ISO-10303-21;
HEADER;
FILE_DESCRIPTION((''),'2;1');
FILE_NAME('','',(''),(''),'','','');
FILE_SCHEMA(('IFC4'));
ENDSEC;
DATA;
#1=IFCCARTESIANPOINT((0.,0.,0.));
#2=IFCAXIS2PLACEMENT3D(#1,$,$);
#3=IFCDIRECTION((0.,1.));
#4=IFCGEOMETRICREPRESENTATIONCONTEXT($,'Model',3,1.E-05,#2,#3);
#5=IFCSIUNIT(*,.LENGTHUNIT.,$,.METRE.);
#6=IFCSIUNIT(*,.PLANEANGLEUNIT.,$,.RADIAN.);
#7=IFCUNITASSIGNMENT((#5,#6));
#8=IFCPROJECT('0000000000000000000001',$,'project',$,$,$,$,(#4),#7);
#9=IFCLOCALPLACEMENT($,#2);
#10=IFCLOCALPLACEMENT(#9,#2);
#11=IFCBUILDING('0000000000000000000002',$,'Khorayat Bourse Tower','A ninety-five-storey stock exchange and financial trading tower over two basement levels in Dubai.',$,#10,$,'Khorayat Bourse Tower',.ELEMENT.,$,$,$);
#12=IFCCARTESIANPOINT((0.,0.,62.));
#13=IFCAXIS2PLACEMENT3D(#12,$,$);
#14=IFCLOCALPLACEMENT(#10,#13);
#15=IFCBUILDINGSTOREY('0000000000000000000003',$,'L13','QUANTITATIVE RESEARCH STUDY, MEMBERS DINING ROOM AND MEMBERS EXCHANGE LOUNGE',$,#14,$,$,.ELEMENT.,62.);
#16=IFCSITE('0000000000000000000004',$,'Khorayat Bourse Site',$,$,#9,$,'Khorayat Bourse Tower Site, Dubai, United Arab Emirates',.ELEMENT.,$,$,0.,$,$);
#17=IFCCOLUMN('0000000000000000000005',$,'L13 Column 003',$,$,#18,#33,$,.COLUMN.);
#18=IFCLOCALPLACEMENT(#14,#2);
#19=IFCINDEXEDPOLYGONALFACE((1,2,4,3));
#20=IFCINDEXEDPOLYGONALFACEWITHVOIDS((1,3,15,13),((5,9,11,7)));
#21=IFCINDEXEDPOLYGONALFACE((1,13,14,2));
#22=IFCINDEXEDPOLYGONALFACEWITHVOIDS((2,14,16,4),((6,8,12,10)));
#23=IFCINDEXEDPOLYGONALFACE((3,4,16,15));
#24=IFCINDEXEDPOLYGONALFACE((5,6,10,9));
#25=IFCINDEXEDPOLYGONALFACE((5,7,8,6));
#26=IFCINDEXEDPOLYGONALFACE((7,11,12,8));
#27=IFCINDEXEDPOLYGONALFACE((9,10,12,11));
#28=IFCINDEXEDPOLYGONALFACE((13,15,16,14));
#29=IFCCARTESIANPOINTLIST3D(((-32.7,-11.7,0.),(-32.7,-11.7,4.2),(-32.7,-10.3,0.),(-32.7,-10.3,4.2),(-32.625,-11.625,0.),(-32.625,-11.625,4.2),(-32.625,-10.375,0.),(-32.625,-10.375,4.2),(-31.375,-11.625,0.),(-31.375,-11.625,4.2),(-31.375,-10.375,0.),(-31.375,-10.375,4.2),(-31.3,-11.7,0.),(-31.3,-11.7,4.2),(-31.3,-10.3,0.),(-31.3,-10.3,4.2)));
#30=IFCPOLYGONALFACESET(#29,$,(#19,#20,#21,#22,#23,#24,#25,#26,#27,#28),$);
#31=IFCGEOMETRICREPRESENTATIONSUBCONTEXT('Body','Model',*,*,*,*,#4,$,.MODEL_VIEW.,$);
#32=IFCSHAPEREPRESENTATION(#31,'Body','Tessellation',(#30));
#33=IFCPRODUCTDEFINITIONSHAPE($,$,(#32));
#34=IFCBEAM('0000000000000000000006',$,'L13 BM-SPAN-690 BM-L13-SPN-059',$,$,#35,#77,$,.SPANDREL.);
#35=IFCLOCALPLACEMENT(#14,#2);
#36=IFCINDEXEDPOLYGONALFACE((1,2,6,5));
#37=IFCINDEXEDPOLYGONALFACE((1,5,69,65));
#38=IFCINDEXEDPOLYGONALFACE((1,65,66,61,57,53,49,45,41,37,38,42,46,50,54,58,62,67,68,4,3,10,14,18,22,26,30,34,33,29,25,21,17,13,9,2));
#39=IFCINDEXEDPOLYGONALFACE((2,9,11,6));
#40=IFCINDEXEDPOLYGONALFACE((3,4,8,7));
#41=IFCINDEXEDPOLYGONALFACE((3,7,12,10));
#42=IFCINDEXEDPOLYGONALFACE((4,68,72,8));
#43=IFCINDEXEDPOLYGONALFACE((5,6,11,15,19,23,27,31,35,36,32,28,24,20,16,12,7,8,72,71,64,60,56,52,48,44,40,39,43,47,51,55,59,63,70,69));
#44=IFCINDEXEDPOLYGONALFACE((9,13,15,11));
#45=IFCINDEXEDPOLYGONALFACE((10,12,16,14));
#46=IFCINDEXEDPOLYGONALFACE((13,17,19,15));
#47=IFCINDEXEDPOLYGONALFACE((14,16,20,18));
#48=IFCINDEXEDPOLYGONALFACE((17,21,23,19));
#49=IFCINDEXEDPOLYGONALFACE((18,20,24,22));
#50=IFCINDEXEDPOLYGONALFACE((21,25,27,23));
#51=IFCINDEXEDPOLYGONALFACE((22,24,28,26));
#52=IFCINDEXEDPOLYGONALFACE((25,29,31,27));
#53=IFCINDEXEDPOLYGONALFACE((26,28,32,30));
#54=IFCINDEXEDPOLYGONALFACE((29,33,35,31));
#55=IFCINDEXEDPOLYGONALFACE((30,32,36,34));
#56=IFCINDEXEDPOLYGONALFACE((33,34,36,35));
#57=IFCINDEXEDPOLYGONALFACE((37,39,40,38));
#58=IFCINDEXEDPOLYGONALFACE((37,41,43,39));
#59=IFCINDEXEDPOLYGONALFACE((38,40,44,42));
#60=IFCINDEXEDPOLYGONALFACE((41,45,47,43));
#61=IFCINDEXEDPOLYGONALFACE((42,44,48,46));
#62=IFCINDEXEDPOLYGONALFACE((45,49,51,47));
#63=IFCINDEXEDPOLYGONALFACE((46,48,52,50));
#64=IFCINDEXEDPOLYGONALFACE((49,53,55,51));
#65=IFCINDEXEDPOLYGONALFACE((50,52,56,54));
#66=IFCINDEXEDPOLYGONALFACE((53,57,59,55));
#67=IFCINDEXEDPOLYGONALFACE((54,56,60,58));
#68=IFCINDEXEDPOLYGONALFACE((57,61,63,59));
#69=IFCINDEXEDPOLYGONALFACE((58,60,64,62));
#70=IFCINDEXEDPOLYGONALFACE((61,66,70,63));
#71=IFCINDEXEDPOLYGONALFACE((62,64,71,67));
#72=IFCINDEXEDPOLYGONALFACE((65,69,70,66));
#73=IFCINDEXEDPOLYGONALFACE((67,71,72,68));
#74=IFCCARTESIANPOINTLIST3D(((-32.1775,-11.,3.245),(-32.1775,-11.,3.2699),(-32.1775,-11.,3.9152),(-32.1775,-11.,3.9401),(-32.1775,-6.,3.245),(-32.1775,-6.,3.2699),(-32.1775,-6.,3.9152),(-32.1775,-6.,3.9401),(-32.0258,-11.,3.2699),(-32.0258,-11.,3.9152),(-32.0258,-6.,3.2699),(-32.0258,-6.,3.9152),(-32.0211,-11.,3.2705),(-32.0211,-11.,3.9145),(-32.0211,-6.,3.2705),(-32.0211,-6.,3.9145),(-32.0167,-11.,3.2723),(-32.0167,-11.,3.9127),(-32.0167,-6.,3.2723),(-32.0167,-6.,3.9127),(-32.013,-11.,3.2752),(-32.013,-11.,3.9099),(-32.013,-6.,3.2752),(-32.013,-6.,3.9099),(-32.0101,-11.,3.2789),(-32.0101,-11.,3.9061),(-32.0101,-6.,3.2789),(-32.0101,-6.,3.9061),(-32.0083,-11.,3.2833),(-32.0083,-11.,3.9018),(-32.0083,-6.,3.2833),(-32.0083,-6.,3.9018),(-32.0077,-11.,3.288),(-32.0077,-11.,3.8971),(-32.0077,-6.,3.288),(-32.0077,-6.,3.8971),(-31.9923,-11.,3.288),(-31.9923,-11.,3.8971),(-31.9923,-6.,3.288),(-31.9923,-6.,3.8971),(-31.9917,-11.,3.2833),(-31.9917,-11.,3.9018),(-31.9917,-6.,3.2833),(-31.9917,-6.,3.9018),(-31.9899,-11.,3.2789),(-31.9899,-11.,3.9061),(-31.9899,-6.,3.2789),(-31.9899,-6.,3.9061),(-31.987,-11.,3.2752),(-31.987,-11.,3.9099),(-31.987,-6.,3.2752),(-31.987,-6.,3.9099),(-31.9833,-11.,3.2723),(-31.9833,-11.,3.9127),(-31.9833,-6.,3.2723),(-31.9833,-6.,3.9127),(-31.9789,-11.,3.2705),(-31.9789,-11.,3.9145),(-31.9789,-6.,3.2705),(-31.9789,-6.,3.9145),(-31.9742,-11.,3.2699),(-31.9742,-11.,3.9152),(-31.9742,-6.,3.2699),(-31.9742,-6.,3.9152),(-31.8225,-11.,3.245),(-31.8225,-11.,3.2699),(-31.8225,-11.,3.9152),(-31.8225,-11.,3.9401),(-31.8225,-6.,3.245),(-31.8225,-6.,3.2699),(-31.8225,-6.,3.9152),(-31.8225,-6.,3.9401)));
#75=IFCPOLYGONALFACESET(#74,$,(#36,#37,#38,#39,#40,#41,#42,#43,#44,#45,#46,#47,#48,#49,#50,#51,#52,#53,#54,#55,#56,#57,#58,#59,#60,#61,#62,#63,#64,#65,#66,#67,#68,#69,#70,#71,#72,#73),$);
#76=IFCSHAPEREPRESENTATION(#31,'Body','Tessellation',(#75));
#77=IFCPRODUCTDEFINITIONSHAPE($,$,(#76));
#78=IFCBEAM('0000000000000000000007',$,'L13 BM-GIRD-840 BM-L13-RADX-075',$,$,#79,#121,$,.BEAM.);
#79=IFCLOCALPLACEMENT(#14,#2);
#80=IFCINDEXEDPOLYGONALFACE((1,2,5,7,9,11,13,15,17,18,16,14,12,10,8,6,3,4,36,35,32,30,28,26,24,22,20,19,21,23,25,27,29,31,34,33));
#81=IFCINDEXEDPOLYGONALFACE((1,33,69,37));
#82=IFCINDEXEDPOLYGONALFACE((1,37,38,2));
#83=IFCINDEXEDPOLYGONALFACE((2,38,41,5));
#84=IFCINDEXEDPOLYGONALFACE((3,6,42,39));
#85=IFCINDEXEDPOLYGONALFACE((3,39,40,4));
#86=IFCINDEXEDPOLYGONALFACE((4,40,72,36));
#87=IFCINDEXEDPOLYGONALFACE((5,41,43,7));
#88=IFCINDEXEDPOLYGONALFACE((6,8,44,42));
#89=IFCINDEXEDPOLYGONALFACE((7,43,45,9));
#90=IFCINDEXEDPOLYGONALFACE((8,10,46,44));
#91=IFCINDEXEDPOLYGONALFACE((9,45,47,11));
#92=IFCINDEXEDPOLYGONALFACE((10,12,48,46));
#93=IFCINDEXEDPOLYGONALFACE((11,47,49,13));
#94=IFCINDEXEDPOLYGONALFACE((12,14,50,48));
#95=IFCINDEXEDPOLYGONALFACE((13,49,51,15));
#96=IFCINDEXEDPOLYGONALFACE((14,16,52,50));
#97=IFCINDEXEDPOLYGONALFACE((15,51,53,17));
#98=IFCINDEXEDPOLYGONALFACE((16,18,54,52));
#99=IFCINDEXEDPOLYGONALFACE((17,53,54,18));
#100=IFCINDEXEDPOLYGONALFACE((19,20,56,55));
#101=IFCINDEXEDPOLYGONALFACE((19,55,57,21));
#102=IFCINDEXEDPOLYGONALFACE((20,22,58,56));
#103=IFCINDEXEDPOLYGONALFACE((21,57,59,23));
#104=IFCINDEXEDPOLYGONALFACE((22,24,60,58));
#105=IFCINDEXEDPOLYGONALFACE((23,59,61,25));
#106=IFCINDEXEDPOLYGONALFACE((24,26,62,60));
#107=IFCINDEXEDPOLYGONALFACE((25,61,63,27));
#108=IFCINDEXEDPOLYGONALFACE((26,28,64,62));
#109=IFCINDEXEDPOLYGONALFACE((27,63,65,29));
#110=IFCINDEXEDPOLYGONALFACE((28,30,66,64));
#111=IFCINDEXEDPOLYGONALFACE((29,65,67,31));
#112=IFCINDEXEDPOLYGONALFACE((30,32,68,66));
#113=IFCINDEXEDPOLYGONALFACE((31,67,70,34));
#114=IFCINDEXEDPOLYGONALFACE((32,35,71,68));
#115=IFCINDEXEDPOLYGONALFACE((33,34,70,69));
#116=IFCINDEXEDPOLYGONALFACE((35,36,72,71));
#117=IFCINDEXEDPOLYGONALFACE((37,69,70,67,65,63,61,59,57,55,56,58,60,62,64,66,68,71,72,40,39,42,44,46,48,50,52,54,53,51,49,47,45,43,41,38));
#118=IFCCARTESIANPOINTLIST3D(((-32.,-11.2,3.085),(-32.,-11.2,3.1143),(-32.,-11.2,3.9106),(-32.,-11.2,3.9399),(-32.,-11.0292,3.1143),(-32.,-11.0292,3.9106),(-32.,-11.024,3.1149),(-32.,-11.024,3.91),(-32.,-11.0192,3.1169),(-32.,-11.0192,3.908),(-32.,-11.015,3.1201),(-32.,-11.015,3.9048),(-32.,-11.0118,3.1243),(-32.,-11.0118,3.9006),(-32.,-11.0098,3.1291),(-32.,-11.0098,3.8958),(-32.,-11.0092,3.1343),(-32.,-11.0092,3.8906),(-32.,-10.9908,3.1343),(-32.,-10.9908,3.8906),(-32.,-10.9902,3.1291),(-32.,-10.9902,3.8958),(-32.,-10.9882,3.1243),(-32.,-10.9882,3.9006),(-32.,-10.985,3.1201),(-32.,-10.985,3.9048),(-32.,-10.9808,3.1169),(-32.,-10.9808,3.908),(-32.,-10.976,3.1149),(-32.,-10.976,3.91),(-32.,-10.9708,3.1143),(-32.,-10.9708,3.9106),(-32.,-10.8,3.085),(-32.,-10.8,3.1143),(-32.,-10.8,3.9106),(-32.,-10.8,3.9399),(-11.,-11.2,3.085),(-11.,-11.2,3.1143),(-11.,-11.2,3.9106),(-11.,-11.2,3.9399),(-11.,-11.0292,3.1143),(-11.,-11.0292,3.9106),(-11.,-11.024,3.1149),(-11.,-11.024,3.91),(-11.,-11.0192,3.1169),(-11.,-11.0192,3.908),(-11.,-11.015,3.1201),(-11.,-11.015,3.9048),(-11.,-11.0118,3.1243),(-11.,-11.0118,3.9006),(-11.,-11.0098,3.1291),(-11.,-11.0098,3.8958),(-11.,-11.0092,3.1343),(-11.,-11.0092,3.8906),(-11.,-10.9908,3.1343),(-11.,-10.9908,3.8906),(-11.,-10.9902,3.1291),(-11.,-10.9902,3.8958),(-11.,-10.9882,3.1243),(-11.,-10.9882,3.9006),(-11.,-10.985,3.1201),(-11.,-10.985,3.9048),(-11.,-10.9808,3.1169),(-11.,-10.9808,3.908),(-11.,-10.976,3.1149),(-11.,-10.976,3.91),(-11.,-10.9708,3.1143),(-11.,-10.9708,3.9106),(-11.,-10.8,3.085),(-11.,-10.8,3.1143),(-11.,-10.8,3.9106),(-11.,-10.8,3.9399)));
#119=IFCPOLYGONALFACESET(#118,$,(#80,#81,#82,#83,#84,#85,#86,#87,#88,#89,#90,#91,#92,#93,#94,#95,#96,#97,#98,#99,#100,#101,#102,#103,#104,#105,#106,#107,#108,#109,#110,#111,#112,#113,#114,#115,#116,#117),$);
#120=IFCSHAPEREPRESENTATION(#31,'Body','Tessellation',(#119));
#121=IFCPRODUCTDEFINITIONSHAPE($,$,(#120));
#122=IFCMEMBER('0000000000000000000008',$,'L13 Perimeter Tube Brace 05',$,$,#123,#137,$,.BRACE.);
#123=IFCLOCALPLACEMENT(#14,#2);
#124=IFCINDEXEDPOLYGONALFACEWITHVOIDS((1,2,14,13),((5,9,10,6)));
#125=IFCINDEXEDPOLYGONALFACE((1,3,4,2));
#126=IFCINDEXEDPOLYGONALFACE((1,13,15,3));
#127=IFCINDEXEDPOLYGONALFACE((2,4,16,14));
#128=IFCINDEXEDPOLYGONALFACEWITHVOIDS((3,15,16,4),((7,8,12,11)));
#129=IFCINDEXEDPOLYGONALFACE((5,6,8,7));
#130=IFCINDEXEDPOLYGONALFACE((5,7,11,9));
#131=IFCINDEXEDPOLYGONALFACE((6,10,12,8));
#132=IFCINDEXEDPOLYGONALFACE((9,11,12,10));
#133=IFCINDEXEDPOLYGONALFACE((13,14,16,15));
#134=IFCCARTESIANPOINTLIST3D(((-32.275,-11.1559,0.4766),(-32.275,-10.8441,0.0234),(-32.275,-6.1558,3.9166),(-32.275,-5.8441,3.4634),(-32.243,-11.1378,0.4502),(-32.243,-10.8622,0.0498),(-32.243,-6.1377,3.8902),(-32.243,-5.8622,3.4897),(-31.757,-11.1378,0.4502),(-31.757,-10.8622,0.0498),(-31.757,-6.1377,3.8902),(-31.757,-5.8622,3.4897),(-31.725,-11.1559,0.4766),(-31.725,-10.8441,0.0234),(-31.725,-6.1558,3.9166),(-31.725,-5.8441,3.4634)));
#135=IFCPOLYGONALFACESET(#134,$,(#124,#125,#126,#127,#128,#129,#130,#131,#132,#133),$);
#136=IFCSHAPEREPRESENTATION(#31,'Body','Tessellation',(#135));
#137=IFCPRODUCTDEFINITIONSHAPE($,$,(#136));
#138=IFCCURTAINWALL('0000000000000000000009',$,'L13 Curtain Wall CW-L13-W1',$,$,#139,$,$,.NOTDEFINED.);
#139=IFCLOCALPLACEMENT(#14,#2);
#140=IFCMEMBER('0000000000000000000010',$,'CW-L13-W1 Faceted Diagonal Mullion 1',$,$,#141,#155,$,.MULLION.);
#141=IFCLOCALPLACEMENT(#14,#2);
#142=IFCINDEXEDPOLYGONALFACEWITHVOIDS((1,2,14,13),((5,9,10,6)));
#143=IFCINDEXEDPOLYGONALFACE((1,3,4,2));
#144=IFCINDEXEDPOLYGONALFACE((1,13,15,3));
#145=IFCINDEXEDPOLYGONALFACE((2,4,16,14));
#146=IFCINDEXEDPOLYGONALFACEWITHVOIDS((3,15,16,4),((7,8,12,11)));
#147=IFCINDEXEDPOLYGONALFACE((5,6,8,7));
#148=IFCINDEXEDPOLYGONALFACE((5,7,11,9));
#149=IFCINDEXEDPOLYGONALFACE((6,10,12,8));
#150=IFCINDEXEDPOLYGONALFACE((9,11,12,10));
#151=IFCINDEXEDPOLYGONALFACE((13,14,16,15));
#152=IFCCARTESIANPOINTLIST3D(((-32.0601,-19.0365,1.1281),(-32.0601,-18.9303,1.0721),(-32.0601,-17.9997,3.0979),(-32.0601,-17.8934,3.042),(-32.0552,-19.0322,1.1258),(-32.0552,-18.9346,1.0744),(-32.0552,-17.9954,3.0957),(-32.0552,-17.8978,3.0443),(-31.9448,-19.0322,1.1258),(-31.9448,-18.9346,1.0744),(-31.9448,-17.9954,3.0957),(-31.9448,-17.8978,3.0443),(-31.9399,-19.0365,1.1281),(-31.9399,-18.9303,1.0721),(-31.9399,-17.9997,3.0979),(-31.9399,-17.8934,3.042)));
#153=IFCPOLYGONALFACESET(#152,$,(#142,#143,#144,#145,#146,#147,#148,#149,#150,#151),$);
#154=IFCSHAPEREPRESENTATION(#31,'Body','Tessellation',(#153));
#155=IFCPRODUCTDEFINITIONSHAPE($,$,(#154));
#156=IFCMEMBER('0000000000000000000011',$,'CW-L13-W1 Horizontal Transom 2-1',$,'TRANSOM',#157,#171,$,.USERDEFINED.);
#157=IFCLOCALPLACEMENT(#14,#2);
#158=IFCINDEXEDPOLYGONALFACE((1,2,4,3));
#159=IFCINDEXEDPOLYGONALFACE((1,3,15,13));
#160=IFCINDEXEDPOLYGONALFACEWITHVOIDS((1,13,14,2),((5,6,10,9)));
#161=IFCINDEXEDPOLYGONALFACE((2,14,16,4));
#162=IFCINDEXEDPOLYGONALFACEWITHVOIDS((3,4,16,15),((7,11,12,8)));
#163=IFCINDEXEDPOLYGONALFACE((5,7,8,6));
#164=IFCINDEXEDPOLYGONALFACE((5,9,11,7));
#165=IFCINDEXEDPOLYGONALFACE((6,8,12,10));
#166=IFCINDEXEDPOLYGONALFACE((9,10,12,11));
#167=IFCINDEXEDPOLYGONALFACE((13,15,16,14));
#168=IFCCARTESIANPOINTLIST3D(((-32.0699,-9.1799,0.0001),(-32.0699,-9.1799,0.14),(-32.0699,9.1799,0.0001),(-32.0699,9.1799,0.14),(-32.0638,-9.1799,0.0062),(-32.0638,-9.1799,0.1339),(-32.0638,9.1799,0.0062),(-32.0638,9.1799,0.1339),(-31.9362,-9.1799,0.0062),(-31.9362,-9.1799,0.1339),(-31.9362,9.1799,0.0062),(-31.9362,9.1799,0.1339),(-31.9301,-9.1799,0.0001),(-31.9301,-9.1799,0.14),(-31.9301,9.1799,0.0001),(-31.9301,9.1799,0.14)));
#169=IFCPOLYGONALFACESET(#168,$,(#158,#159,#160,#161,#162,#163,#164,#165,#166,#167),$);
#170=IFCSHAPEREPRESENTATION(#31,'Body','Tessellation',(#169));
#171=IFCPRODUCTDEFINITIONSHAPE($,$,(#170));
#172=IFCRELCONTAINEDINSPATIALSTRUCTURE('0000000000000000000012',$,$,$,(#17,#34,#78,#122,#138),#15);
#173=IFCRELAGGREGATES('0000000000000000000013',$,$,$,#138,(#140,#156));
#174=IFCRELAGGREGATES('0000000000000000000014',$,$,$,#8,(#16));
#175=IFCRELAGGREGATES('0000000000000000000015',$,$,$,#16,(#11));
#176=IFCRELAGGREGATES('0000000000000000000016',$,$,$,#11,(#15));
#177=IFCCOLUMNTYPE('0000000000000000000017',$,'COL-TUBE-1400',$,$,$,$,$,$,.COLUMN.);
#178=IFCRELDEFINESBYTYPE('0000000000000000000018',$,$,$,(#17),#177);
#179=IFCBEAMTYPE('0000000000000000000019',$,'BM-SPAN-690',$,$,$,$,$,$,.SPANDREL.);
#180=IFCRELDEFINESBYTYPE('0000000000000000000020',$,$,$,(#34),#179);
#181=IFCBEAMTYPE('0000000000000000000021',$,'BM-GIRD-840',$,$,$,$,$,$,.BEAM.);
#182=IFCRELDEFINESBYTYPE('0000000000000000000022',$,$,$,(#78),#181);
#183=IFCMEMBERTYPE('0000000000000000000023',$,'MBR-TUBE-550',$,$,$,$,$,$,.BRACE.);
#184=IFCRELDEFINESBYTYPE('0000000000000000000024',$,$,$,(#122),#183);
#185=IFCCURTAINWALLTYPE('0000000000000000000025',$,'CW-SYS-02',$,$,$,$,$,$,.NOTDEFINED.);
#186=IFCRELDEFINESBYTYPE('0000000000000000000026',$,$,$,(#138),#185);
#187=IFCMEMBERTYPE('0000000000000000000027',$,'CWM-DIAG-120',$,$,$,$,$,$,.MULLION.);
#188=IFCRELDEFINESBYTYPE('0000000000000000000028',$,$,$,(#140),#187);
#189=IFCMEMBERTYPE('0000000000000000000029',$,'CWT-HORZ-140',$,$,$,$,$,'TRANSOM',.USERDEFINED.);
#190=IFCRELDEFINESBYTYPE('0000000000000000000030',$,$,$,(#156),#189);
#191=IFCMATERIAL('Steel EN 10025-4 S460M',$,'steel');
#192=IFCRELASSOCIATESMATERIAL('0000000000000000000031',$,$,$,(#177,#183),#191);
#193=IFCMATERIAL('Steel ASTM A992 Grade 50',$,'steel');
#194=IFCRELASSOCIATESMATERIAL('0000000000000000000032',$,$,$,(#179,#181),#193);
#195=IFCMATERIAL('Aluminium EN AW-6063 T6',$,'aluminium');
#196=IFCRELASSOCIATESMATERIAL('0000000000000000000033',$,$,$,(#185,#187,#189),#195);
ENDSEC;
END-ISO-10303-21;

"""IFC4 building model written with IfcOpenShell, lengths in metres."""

from ifc_helpers import new_model, si_unit, direction, frame, origin, origin_2d, place, context, subcontext, project, spatial, hollow_rectangle, i_section, extrude, source, transform, mapped, material, material_profile, profile_set, type_object, element, aggregate, save


model = new_model("IFC4")

# Units and contexts
model_context = context("Model", 3, precision=1e-05, world=origin(), true_north=direction((0.0, 1.0)))
body_context = subcontext(model_context, "Body", "Model", "MODEL_VIEW")
ifc_project = project(units=[si_unit("LENGTHUNIT", "METRE"), si_unit("PLANEANGLEUNIT", "RADIAN")], contexts=[model_context])

# Site, building, storey
site_placement = place(None, origin())
site = spatial("IfcSite", under=ifc_project, at=site_placement, Name="Khorayat Bourse Site", LongName="Khorayat Bourse Tower Site, Dubai, United Arab Emirates", CompositionType="ELEMENT", RefElevation=0.0)
building_placement = place(site_placement, origin())
building = spatial("IfcBuilding", under=site, at=building_placement, Name="Khorayat Bourse Tower", Description="A ninety-five-storey stock exchange and financial trading tower over two basement levels in Dubai.", LongName="Khorayat Bourse Tower", CompositionType="ELEMENT")
storey_placement = place(building_placement, frame((0.0, 0.0, 62.0)))
storey = spatial("IfcBuildingStorey", under=building, at=storey_placement, Name="L13", Description="QUANTITATIVE RESEARCH STUDY, MEMBERS DINING ROOM AND MEMBERS EXCHANGE LOUNGE", CompositionType="ELEMENT", Elevation=62.0)

# Column
ifc_material_1 = material(Name="Steel EN 10025-4 S460M", Category="steel")
ifc_material_profile_1 = material_profile(ifc_material_1, hollow_rectangle(XDim=1.3999, YDim=1.3999, WallThickness=0.075, at=origin_2d()), Name="BOX 1400x1400x75")
ifc_profile_set_1 = profile_set([ifc_material_profile_1], Name="Steel EN 10025-4 S460M")
column_type = type_object("IfcColumnType", Name="COL-TUBE-1400", PredefinedType="COLUMN", material=ifc_profile_set_1)
shared_shape_1 = source(origin(), body_context, "Body", "SweptSolid", [
    extrude(hollow_rectangle(XDim=1.3999, YDim=1.3999, WallThickness=0.075, at=origin_2d()), origin(), (0.0, 0.0, 1.0), 4.2),
])
column_placement = place(storey_placement, frame((-32.0, -11.0, 0.0), z_axis=(0.0, 0.0, 1.0), x_axis=(1.0, 0.0, 0.0)))
element("IfcColumn", 1, at=column_placement, inside=storey, type_object=column_type, Name="L13 Column 003", PredefinedType="COLUMN", context=body_context, shape_type="MappedRepresentation", body=[
    mapped(shared_shape_1, transform((0.0, 0.0, 0.0), scale=1.0)),
])

# Beams
ifc_material_2 = material(Name="Steel ASTM A992 Grade 50", Category="steel")
ifc_material_profile_2 = material_profile(ifc_material_2, i_section(OverallWidth=0.355, OverallDepth=0.6951, WebThickness=0.0154, FlangeThickness=0.0249, FilletRadius=0.0181, at=origin_2d()), Name="W690X217")
ifc_profile_set_2 = profile_set([ifc_material_profile_2], Name="Steel ASTM A992 Grade 50")
beam_type_1 = type_object("IfcBeamType", Name="BM-SPAN-690", PredefinedType="SPANDREL", material=ifc_profile_set_2)
shared_shape_2 = source(origin(), body_context, "Body", "SweptSolid", [
    extrude(i_section(OverallWidth=0.355, OverallDepth=0.6951, WebThickness=0.0154, FlangeThickness=0.0249, FilletRadius=0.0181, at=origin_2d()), origin(), (0.0, 0.0, 1.0), 5.0),
])
beam_1_placement = place(storey_placement, frame((-32.0, -11.0, 3.5925), z_axis=(0.0, 1.0, 0.0), x_axis=(-1.0, 0.0, 0.0)))
element("IfcBeam", 2, at=beam_1_placement, inside=storey, type_object=beam_type_1, Name="L13 BM-SPAN-690 BM-L13-SPN-059", PredefinedType="SPANDREL", context=body_context, shape_type="MappedRepresentation", body=[
    mapped(shared_shape_2, transform((0.0, 0.0, 0.0), scale=1.0)),
])
ifc_material_profile_3 = material_profile(ifc_material_2, i_section(OverallWidth=0.3999, OverallDepth=0.855, WebThickness=0.0183, FlangeThickness=0.0293, FilletRadius=0.02, at=origin_2d()), Name="W840X299")
ifc_profile_set_3 = profile_set([ifc_material_profile_3], Name="Steel ASTM A992 Grade 50")
beam_type_2 = type_object("IfcBeamType", Name="BM-GIRD-840", PredefinedType="BEAM", material=ifc_profile_set_3)
shared_shape_3 = source(origin(), body_context, "Body", "SweptSolid", [
    extrude(i_section(OverallWidth=0.3999, OverallDepth=0.855, WebThickness=0.0183, FlangeThickness=0.0293, FilletRadius=0.02, at=origin_2d()), origin(), (0.0, 0.0, 1.0), 21.0),
])
beam_2_placement = place(storey_placement, frame((-32.0, -11.0, 3.5125), z_axis=(1.0, 0.0, 0.0), x_axis=(0.0, 1.0, 0.0)))
element("IfcBeam", 3, at=beam_2_placement, inside=storey, type_object=beam_type_2, Name="L13 BM-GIRD-840 BM-L13-RADX-075", PredefinedType="BEAM", context=body_context, shape_type="MappedRepresentation", body=[
    mapped(shared_shape_3, transform((0.0, 0.0, 0.0), scale=1.0)),
])

# Member
ifc_material_profile_4 = material_profile(ifc_material_1, hollow_rectangle(XDim=0.55, YDim=0.55, WallThickness=0.032, at=origin_2d()), Name="HSS 550x550x32")
ifc_profile_set_4 = profile_set([ifc_material_profile_4], Name="Steel EN 10025-4 S460M")
member_type_1 = type_object("IfcMemberType", Name="MBR-TUBE-550", PredefinedType="BRACE", material=ifc_profile_set_4)
shared_shape_4 = source(origin(), body_context, "Body", "SweptSolid", [
    extrude(hollow_rectangle(XDim=0.55, YDim=0.55, WallThickness=0.032, at=origin_2d()), origin(), (0.0, 0.0, 1.0), 6.0691),
])
member_1_placement = place(storey_placement, frame((-32.0, -11.0, 0.25), z_axis=(0.0, 0.823854, 0.566802), x_axis=(-1.0, 0.0, 0.0)))
element("IfcMember", 4, at=member_1_placement, inside=storey, type_object=member_type_1, Name="L13 Perimeter Tube Brace 05", PredefinedType="BRACE", context=body_context, shape_type="MappedRepresentation", body=[
    mapped(shared_shape_4, transform((0.0, 0.0, 0.0), scale=1.0)),
])

# Curtain wall, members
ifc_material_3 = material(Name="Aluminium EN AW-6063 T6", Category="aluminium")
curtain_wall_type = type_object("IfcCurtainWallType", Name="CW-SYS-02", PredefinedType="NOTDEFINED", material=ifc_material_3)
curtain_wall_placement = place(storey_placement, origin())
curtain_wall = element("IfcCurtainWall", 5, at=curtain_wall_placement, inside=storey, type_object=curtain_wall_type, Name="L13 Curtain Wall CW-L13-W1", PredefinedType="NOTDEFINED")
ifc_material_profile_5 = material_profile(ifc_material_3, hollow_rectangle(XDim=0.1201, YDim=0.1201, WallThickness=0.0049, at=origin_2d()), Name="ALU 120x120x5")
ifc_profile_set_5 = profile_set([ifc_material_profile_5], Name="Aluminium EN AW-6063 T6")
member_type_2 = type_object("IfcMemberType", Name="CWM-DIAG-120", PredefinedType="MULLION", material=ifc_profile_set_5)
shared_shape_5 = source(origin(), body_context, "Body", "SweptSolid", [
    extrude(hollow_rectangle(XDim=0.1201, YDim=0.1201, WallThickness=0.0049, at=origin_2d()), origin(), (0.0, 0.0, 1.0), 2.2261),
])
member_2_placement = place(storey_placement, frame((-32.0, -18.9834, 1.1001), z_axis=(0.0, 0.46576, 0.884911), x_axis=(-1.0, 0.0, 0.0)))
member_2 = element("IfcMember", 6, at=member_2_placement, type_object=member_type_2, Name="CW-L13-W1 Faceted Diagonal Mullion 1", PredefinedType="MULLION", context=body_context, shape_type="MappedRepresentation", body=[
    mapped(shared_shape_5, transform((0.0, 0.0, 0.0), scale=1.0)),
])
ifc_material_profile_6 = material_profile(ifc_material_3, hollow_rectangle(XDim=0.1399, YDim=0.1399, WallThickness=0.0061, at=origin_2d()), Name="ALU 140x140x6")
ifc_profile_set_6 = profile_set([ifc_material_profile_6], Name="Aluminium EN AW-6063 T6")
member_type_3 = type_object("IfcMemberType", Name="CWT-HORZ-140", ElementType="TRANSOM", PredefinedType="USERDEFINED", material=ifc_profile_set_6)
shared_shape_6 = source(origin(), body_context, "Body", "SweptSolid", [
    extrude(hollow_rectangle(XDim=0.1399, YDim=0.1399, WallThickness=0.0061, at=origin_2d()), origin(), (0.0, 0.0, 1.0), 18.3599),
])
member_3_placement = place(storey_placement, frame((-32.0, -9.1799, 0.0701), z_axis=(0.0, 1.0, 0.0), x_axis=(-1.0, 0.0, 0.0)))
member_3 = element("IfcMember", 7, at=member_3_placement, type_object=member_type_3, Name="CW-L13-W1 Horizontal Transom 2-1", ObjectType="TRANSOM", PredefinedType="USERDEFINED", context=body_context, shape_type="MappedRepresentation", body=[
    mapped(shared_shape_6, transform((0.0, 0.0, 0.0), scale=1.0)),
])

aggregate(curtain_wall, [member_2, member_3])

save(model, "model.ifc")
